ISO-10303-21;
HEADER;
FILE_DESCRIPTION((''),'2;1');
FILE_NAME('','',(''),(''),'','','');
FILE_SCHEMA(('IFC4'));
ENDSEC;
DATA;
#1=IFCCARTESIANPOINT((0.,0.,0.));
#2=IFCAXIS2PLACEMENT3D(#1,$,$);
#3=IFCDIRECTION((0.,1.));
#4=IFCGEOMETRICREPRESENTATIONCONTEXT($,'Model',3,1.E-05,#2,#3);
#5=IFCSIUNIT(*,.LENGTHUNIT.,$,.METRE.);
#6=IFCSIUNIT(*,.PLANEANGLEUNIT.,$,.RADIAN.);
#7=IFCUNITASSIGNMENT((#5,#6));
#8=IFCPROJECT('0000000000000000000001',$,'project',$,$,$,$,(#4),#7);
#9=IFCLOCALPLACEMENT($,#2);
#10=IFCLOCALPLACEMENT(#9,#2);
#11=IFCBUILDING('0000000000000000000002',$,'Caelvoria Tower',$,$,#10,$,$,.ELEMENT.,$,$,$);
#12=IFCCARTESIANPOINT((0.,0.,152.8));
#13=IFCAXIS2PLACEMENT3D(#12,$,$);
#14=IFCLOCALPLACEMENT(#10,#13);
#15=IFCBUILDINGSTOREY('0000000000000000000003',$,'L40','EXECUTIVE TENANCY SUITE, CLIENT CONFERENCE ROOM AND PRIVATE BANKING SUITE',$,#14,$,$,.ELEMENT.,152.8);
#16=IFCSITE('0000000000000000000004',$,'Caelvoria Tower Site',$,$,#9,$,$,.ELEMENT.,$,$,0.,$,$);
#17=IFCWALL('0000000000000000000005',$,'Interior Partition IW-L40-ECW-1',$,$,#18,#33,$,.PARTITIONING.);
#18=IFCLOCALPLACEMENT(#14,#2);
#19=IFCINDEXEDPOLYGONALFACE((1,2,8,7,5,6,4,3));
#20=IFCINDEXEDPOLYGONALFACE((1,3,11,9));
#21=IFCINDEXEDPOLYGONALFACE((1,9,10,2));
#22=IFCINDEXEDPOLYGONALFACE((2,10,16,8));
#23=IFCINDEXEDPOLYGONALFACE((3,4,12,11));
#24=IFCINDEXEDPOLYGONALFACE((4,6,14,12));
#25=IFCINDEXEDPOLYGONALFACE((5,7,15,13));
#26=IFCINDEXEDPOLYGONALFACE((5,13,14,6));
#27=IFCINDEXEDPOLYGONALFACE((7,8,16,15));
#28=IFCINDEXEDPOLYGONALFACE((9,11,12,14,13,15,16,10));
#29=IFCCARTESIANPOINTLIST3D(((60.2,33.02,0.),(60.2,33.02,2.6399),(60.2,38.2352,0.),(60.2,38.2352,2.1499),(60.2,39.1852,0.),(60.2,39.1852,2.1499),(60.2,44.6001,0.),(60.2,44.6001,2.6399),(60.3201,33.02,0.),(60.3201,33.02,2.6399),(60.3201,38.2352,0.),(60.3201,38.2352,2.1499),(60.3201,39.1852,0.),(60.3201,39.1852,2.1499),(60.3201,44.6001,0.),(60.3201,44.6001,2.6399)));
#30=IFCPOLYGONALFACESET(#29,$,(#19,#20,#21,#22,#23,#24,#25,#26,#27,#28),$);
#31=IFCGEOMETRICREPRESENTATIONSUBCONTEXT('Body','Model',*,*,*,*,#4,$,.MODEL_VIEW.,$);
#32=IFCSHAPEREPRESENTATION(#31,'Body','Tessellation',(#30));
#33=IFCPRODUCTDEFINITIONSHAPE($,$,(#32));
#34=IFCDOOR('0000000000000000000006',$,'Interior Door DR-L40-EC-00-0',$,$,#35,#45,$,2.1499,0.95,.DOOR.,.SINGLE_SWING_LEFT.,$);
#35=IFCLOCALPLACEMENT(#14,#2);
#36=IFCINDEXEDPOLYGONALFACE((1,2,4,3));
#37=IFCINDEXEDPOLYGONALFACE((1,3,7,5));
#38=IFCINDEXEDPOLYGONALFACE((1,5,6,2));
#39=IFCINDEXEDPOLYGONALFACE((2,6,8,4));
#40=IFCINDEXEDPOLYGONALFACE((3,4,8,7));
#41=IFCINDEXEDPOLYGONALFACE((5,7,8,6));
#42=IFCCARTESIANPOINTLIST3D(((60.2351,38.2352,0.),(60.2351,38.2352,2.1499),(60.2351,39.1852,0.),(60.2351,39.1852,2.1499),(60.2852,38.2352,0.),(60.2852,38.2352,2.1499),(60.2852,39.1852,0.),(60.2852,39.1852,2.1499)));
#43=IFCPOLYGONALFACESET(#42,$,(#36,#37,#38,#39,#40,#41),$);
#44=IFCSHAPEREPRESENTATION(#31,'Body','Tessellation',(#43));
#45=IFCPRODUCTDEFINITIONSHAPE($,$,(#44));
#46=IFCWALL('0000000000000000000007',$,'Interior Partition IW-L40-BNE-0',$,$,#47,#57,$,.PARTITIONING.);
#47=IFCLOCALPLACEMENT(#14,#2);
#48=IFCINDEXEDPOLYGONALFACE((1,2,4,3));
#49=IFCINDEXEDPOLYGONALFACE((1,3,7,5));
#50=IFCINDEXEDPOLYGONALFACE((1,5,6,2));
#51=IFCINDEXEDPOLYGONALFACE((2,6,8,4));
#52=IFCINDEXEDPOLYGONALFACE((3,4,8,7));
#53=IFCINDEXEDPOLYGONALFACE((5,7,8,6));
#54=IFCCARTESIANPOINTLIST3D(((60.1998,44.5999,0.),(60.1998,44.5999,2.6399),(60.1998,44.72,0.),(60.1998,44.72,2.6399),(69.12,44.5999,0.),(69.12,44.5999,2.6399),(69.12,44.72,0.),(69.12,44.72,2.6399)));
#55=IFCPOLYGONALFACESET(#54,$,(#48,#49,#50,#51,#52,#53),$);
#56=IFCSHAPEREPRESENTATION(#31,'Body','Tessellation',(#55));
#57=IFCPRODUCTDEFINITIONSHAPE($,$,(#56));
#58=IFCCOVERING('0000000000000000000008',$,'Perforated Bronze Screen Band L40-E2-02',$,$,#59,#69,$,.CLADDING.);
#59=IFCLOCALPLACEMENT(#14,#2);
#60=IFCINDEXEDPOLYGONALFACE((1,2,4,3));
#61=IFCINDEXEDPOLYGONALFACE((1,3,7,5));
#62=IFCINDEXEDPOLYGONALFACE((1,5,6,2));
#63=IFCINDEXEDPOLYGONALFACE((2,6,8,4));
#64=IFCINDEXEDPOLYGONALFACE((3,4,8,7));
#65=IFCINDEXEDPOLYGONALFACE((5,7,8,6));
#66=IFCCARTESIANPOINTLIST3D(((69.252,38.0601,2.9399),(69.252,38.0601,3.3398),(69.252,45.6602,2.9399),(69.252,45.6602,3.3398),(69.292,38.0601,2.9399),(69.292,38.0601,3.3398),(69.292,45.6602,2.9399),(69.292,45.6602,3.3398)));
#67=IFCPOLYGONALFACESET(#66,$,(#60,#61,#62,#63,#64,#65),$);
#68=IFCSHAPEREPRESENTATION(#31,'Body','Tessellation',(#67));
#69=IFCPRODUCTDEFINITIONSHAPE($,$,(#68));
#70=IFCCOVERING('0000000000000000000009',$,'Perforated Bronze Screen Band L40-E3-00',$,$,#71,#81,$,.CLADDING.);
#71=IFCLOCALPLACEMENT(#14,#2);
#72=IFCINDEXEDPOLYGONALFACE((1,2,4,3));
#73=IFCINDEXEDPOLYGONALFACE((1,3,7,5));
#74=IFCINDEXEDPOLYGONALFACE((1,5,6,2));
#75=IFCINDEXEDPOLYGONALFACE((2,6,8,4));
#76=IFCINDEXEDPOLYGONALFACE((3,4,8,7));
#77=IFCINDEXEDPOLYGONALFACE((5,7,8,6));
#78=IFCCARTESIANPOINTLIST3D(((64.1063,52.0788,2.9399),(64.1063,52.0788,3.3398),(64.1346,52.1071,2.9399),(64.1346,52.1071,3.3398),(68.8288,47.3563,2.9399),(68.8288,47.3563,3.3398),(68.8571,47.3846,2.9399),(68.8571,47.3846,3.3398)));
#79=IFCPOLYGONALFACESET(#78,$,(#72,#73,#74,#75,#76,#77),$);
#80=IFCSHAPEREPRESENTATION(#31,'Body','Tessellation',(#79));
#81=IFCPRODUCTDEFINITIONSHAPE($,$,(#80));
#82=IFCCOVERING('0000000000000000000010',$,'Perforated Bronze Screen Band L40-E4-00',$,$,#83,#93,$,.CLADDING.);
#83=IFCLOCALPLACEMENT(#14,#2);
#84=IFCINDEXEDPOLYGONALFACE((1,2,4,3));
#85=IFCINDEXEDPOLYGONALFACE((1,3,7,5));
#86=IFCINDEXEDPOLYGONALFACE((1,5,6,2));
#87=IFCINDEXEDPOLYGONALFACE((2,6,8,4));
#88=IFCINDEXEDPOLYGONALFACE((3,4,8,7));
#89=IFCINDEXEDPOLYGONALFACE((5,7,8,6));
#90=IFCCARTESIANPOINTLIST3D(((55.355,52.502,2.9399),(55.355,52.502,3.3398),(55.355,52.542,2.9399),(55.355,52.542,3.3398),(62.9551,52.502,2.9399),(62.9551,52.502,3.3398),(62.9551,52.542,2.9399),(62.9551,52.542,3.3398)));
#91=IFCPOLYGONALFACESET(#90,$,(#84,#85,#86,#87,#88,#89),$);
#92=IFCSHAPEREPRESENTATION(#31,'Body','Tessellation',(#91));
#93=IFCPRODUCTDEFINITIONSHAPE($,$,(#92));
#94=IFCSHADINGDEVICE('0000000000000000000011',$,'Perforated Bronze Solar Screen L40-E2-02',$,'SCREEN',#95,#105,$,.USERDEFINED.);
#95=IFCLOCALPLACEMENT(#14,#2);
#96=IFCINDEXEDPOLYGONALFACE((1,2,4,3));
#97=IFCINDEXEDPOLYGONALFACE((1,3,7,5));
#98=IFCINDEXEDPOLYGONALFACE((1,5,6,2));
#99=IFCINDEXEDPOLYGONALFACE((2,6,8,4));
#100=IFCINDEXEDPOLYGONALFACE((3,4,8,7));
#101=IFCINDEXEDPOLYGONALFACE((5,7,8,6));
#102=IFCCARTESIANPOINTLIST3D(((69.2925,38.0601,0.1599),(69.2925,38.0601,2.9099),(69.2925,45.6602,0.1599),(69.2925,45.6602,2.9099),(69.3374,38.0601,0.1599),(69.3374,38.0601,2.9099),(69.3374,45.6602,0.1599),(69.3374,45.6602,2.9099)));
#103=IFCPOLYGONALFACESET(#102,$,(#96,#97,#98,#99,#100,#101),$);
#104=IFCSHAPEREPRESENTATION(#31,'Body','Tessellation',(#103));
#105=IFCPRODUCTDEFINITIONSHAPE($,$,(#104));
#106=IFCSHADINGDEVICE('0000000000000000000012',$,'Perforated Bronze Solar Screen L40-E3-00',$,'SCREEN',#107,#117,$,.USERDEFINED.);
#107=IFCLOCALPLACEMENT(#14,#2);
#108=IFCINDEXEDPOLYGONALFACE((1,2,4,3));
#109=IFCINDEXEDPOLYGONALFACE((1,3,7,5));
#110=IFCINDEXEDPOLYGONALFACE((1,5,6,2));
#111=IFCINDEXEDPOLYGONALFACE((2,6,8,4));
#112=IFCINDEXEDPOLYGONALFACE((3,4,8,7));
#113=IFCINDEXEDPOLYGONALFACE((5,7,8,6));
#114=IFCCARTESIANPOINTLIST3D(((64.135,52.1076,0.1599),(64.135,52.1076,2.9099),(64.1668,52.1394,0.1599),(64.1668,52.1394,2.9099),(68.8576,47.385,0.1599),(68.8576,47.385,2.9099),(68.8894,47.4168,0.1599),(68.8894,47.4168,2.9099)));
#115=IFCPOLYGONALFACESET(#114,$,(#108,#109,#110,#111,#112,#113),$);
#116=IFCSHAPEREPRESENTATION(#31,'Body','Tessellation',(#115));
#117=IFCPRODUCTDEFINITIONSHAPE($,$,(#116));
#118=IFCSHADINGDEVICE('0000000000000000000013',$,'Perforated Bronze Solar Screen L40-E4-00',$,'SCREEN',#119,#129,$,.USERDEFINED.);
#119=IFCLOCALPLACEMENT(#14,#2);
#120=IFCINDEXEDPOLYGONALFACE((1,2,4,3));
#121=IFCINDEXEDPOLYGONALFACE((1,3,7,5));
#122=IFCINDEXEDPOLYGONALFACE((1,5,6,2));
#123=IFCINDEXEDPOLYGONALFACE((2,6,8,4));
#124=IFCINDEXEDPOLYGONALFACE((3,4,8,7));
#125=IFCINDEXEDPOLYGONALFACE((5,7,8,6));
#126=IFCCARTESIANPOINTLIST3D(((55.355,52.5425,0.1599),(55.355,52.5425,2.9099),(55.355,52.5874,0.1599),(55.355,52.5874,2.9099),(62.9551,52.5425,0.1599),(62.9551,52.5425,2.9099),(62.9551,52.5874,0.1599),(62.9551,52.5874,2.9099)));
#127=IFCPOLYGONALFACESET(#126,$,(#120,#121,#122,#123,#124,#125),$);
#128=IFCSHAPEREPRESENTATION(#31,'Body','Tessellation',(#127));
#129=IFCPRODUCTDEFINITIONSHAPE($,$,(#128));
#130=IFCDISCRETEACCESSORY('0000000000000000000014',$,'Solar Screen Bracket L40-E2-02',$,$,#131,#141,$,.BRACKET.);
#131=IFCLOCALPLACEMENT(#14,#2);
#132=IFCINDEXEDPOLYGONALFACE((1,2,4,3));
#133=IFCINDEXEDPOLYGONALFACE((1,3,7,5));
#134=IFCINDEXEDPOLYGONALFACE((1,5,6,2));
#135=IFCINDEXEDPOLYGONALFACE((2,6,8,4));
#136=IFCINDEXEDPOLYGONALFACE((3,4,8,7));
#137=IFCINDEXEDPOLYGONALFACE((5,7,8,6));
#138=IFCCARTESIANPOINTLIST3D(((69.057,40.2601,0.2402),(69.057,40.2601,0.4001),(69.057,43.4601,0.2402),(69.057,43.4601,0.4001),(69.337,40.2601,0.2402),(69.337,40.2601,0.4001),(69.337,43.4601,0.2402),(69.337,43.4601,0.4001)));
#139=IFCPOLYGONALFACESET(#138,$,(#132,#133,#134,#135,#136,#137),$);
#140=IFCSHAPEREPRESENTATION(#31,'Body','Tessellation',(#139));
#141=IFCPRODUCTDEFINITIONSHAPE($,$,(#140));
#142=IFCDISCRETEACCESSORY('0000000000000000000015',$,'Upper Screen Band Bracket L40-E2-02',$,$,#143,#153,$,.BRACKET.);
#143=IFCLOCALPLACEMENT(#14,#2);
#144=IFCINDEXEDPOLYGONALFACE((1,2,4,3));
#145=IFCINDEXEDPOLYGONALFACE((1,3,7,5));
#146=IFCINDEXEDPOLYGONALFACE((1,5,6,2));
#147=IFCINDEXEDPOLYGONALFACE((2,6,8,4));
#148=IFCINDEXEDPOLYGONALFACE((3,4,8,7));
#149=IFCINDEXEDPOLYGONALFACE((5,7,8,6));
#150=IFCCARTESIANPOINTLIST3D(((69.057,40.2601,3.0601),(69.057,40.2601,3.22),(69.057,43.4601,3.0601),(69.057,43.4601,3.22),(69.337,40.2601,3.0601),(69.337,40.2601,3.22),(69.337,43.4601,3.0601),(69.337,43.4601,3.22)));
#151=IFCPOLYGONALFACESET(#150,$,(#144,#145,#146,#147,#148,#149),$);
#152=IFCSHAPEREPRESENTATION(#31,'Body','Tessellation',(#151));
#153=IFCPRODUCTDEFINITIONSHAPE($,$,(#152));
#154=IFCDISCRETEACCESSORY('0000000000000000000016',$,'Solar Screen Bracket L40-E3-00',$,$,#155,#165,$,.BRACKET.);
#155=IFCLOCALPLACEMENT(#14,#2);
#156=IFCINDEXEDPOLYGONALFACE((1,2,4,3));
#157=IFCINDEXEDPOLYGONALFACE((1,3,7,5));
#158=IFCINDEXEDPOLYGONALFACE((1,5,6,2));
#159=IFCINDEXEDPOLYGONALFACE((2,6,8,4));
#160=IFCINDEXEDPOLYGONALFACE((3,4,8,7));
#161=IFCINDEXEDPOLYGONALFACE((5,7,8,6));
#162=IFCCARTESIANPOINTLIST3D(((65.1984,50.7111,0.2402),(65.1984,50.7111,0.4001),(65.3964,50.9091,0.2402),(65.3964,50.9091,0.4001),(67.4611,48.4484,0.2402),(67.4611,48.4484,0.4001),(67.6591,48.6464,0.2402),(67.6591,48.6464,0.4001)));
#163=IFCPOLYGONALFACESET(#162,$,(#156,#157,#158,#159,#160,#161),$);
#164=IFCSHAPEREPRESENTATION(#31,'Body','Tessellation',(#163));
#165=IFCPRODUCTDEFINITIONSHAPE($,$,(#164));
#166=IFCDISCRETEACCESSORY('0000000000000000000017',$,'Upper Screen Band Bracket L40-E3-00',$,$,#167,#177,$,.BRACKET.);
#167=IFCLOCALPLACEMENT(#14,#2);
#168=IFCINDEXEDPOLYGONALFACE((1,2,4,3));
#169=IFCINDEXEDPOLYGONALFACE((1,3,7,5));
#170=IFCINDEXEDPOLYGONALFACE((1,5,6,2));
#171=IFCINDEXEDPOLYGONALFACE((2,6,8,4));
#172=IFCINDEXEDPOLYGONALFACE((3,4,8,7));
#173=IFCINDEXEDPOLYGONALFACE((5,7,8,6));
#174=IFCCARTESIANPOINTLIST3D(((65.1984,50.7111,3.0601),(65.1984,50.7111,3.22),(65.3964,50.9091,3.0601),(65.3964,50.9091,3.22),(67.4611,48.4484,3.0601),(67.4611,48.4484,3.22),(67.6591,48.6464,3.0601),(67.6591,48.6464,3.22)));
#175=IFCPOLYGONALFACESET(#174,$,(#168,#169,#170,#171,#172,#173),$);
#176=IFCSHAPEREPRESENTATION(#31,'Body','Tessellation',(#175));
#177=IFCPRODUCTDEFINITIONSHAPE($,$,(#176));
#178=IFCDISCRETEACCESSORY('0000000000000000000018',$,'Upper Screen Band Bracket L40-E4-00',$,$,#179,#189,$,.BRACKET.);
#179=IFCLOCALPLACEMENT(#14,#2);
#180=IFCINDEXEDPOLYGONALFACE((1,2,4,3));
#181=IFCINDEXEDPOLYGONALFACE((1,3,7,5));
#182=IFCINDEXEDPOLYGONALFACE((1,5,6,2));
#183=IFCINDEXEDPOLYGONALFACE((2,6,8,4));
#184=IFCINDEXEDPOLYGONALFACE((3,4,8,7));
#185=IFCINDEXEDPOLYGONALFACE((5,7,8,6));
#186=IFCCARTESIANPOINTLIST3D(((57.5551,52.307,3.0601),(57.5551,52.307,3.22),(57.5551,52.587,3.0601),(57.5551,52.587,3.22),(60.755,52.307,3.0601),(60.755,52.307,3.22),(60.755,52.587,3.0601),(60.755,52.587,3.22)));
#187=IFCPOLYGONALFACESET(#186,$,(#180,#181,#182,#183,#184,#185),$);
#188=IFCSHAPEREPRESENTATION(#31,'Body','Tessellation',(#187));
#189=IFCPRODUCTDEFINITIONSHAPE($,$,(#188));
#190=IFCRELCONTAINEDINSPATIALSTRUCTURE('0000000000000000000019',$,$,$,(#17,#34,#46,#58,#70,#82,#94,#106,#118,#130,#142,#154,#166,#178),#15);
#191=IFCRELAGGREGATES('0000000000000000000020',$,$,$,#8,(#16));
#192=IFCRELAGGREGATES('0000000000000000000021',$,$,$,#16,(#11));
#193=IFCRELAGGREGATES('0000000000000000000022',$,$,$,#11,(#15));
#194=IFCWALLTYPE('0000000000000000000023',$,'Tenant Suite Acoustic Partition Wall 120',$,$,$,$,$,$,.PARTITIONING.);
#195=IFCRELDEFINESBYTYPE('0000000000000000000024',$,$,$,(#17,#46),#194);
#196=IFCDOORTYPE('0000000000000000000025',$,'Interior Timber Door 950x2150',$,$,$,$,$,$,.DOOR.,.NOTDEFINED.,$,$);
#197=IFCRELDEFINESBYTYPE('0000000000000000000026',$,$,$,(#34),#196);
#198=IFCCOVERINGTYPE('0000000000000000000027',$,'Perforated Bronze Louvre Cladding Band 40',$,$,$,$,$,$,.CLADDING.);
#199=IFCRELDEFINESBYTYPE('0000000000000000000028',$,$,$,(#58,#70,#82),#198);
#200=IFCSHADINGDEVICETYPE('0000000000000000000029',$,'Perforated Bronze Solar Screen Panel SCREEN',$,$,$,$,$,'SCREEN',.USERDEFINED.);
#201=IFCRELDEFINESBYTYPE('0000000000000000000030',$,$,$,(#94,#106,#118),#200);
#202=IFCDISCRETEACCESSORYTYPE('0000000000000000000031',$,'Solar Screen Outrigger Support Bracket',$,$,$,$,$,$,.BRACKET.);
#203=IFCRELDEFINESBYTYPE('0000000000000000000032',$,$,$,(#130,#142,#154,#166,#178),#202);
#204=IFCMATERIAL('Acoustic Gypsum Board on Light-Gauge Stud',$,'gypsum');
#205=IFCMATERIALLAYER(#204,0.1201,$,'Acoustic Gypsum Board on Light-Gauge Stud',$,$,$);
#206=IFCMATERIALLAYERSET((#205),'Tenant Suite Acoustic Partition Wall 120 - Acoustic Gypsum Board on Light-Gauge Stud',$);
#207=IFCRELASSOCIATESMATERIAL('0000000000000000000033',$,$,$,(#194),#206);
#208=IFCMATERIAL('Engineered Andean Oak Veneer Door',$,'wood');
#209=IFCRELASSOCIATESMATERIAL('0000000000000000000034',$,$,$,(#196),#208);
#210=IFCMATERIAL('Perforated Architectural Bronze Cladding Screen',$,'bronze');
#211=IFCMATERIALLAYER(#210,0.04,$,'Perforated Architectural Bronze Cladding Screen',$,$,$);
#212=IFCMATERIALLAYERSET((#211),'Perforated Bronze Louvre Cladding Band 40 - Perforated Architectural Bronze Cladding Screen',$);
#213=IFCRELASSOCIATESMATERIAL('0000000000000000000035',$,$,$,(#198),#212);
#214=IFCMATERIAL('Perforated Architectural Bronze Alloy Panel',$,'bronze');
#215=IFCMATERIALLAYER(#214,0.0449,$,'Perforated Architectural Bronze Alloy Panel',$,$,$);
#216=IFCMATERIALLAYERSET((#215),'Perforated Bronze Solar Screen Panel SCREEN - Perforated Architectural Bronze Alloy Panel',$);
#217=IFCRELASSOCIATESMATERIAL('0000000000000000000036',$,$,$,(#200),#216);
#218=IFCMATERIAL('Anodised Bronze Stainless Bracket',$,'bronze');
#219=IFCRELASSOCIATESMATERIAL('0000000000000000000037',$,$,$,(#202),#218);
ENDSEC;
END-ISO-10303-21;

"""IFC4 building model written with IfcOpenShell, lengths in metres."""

from ifc_helpers import new_model, si_unit, direction, frame, frame_2d, origin, origin_2d, place, context, subcontext, project, spatial, rectangle, extrude, material, layer, layer_set, type_object, element, fill, save


model = new_model("IFC4")

# Units and contexts
model_context = context("Model", 3, precision=1e-05, world=origin(), true_north=direction((0.0, 1.0)))
body_context = subcontext(model_context, "Body", "Model", "MODEL_VIEW")
ifc_project = project(units=[si_unit("LENGTHUNIT", "METRE"), si_unit("PLANEANGLEUNIT", "RADIAN")], contexts=[model_context])

# Site, building, storey
site_placement = place(None, origin())
site = spatial("IfcSite", under=ifc_project, at=site_placement, Name="Caelvoria Tower Site", CompositionType="ELEMENT", RefElevation=0.0)
building_placement = place(site_placement, origin())
building = spatial("IfcBuilding", under=site, at=building_placement, Name="Caelvoria Tower", CompositionType="ELEMENT")
storey_placement = place(building_placement, frame((0.0, 0.0, 152.8)))
storey = spatial("IfcBuildingStorey", under=building, at=storey_placement, Name="L40", Description="EXECUTIVE TENANCY SUITE, CLIENT CONFERENCE ROOM AND PRIVATE BANKING SUITE", CompositionType="ELEMENT", Elevation=152.8)

# Wall, opening, door
ifc_material_1 = material(Name="Acoustic Gypsum Board on Light-Gauge Stud", Category="gypsum")
ifc_layer_1 = layer(ifc_material_1, 0.1201, Name="Acoustic Gypsum Board on Light-Gauge Stud")
ifc_layer_set_1 = layer_set([ifc_layer_1], Name="Tenant Suite Acoustic Partition Wall 120 - Acoustic Gypsum Board on Light-Gauge Stud")
wall_type_1 = type_object("IfcWallType", Name="Tenant Suite Acoustic Partition Wall 120", PredefinedType="PARTITIONING", material=ifc_layer_set_1)
wall_1_placement = place(storey_placement, frame((60.26, 33.02, 0.0), z_axis=(0.0, 0.0, 1.0), x_axis=(0.0, 1.0, 0.0)))
wall_1 = element("IfcWall", 1, at=wall_1_placement, inside=storey, type_object=wall_type_1, Name="Interior Partition IW-L40-ECW-1", PredefinedType="PARTITIONING", context=body_context, shape_type="SweptSolid", body=[
    extrude(rectangle(XDim=11.5801, YDim=0.1201, at=frame_2d((5.79, 0.0))), origin(), (0.0, 0.0, 1.0), 2.6399),
])
opening_1_placement = place(wall_1_placement, frame((5.2151, 0.0, 0.0)))
opening_1 = element("IfcOpeningElement", 2, at=opening_1_placement, cuts=wall_1, PredefinedType="OPENING", context=body_context, shape_type="SweptSolid", body=[
    extrude(rectangle(XDim=0.95, YDim=2.1499, at=frame_2d((0.4751, 1.075))), frame((0.0, 0.0701, 0.0), z_axis=(0.0, -1.0, 0.0), x_axis=(1.0, 0.0, 0.0)), (0.0, 0.0, 1.0), 0.1401),
])
ifc_material_2 = material(Name="Engineered Andean Oak Veneer Door", Category="wood")
door_type = type_object("IfcDoorType", Name="Interior Timber Door 950x2150", OperationType="NOTDEFINED", PredefinedType="DOOR", material=ifc_material_2)
door_placement = place(opening_1_placement, origin())
door = element("IfcDoor", 3, at=door_placement, inside=storey, type_object=door_type, Name="Interior Door DR-L40-EC-00-0", OperationType="SINGLE_SWING_LEFT", OverallHeight=2.1499, OverallWidth=0.95, PredefinedType="DOOR", context=body_context, shape_type="SweptSolid", body=[
    extrude(rectangle(XDim=0.95, YDim=2.1499, at=frame_2d((0.4751, 1.075))), frame((0.0, 0.0249, 0.0), z_axis=(0.0, -1.0, 0.0), x_axis=(1.0, 0.0, 0.0)), (0.0, 0.0, 1.0), 0.05),
])
fill(opening_1, door)

# Wall
wall_2_placement = place(storey_placement, frame((60.2, 44.6599, 0.0), z_axis=(0.0, 0.0, 1.0), x_axis=(1.0, 0.0, 0.0)))
element("IfcWall", 4, at=wall_2_placement, inside=storey, type_object=wall_type_1, Name="Interior Partition IW-L40-BNE-0", PredefinedType="PARTITIONING", context=body_context, shape_type="SweptSolid", body=[
    extrude(rectangle(XDim=8.9202, YDim=0.1201, at=frame_2d((4.46, 0.0))), origin(), (0.0, 0.0, 1.0), 2.6399),
])

# Coverings
ifc_material_3 = material(Name="Perforated Architectural Bronze Cladding Screen", Category="bronze")
ifc_layer_2 = layer(ifc_material_3, 0.04, Name="Perforated Architectural Bronze Cladding Screen")
ifc_layer_set_2 = layer_set([ifc_layer_2], Name="Perforated Bronze Louvre Cladding Band 40 - Perforated Architectural Bronze Cladding Screen")
covering_type = type_object("IfcCoveringType", Name="Perforated Bronze Louvre Cladding Band 40", PredefinedType="CLADDING", material=ifc_layer_set_2)
covering_1_placement = place(storey_placement, frame((69.272, 41.8601, 2.9399), z_axis=(0.0, 0.0, 1.0), x_axis=(0.0, 1.0, 0.0)))
element("IfcCovering", 5, at=covering_1_placement, inside=storey, type_object=covering_type, Name="Perforated Bronze Screen Band L40-E2-02", PredefinedType="CLADDING", context=body_context, shape_type="SweptSolid", body=[
    extrude(rectangle(XDim=7.6001, YDim=0.04, at=origin_2d()), origin(), (0.0, 0.0, 1.0), 0.3999),
])
covering_2_placement = place(storey_placement, frame((66.4817, 49.7317, 2.9399), z_axis=(0.0, 0.0, 1.0), x_axis=(-0.707107, 0.707107, 0.0)))
element("IfcCovering", 6, at=covering_2_placement, inside=storey, type_object=covering_type, Name="Perforated Bronze Screen Band L40-E3-00", PredefinedType="CLADDING", context=body_context, shape_type="SweptSolid", body=[
    extrude(rectangle(XDim=6.6787, YDim=0.04, at=origin_2d()), origin(), (0.0, 0.0, 1.0), 0.3999),
])
covering_3_placement = place(storey_placement, frame((59.155, 52.522, 2.9399), z_axis=(0.0, 0.0, 1.0), x_axis=(-1.0, 0.0, 0.0)))
element("IfcCovering", 7, at=covering_3_placement, inside=storey, type_object=covering_type, Name="Perforated Bronze Screen Band L40-E4-00", PredefinedType="CLADDING", context=body_context, shape_type="SweptSolid", body=[
    extrude(rectangle(XDim=7.6001, YDim=0.04, at=origin_2d()), origin(), (0.0, 0.0, 1.0), 0.3999),
])

# Shading devices
ifc_material_4 = material(Name="Perforated Architectural Bronze Alloy Panel", Category="bronze")
ifc_layer_3 = layer(ifc_material_4, 0.0449, Name="Perforated Architectural Bronze Alloy Panel")
ifc_layer_set_3 = layer_set([ifc_layer_3], Name="Perforated Bronze Solar Screen Panel SCREEN - Perforated Architectural Bronze Alloy Panel")
shading_device_type = type_object("IfcShadingDeviceType", Name="Perforated Bronze Solar Screen Panel SCREEN", ElementType="SCREEN", PredefinedType="USERDEFINED", material=ifc_layer_set_3)
shading_device_1_placement = place(storey_placement, frame((69.3149, 41.8601, 0.1599), z_axis=(0.0, 0.0, 1.0), x_axis=(0.0, 1.0, 0.0)))
element("IfcShadingDevice", 8, at=shading_device_1_placement, inside=storey, type_object=shading_device_type, Name="Perforated Bronze Solar Screen L40-E2-02", ObjectType="SCREEN", PredefinedType="USERDEFINED", context=body_context, shape_type="SweptSolid", body=[
    extrude(rectangle(XDim=7.6001, YDim=0.0449, at=origin_2d()), origin(), (0.0, 0.0, 1.0), 2.75),
])
shading_device_2_placement = place(storey_placement, frame((66.5122, 49.7622, 0.1599), z_axis=(0.0, 0.0, 1.0), x_axis=(-0.707107, 0.707107, 0.0)))
element("IfcShadingDevice", 9, at=shading_device_2_placement, inside=storey, type_object=shading_device_type, Name="Perforated Bronze Solar Screen L40-E3-00", ObjectType="SCREEN", PredefinedType="USERDEFINED", context=body_context, shape_type="SweptSolid", body=[
    extrude(rectangle(XDim=6.6787, YDim=0.0449, at=origin_2d()), origin(), (0.0, 0.0, 1.0), 2.75),
])
shading_device_3_placement = place(storey_placement, frame((59.155, 52.5649, 0.1599), z_axis=(0.0, 0.0, 1.0), x_axis=(-1.0, 0.0, 0.0)))
element("IfcShadingDevice", 10, at=shading_device_3_placement, inside=storey, type_object=shading_device_type, Name="Perforated Bronze Solar Screen L40-E4-00", ObjectType="SCREEN", PredefinedType="USERDEFINED", context=body_context, shape_type="SweptSolid", body=[
    extrude(rectangle(XDim=7.6001, YDim=0.0449, at=origin_2d()), origin(), (0.0, 0.0, 1.0), 2.75),
])

# Discrete accessories
ifc_material_5 = material(Name="Anodised Bronze Stainless Bracket", Category="bronze")
discrete_accessory_type = type_object("IfcDiscreteAccessoryType", Name="Solar Screen Outrigger Support Bracket", PredefinedType="BRACKET", material=ifc_material_5)
for number, where, z_axis, x_axis, name in (
    (11, (69.197, 41.8601, 0.2402), (0.0, 0.0, 1.0), (0.0, 1.0, 0.0), "Solar Screen Bracket L40-E2-02"),
    (12, (69.197, 41.8601, 3.0601), (0.0, 0.0, 1.0), (0.0, 1.0, 0.0), "Upper Screen Band Bracket L40-E2-02"),
    (13, (66.4287, 49.6787, 0.2402), (0.0, 0.0, 1.0), (-0.707107, 0.707107, 0.0), "Solar Screen Bracket L40-E3-00"),
    (14, (66.4287, 49.6787, 3.0601), (0.0, 0.0, 1.0), (-0.707107, 0.707107, 0.0), "Upper Screen Band Bracket L40-E3-00"),
    (15, (59.155, 52.447, 3.0601), (0.0, 0.0, 1.0), (-1.0, 0.0, 0.0), "Upper Screen Band Bracket L40-E4-00"),
):
    element("IfcDiscreteAccessory", number, at=place(storey_placement, frame(where, z_axis=z_axis, x_axis=x_axis)), inside=storey, type_object=discrete_accessory_type, Name=name, PredefinedType="BRACKET", context=body_context, shape_type="SweptSolid", body=[
        extrude(rectangle(XDim=3.2, YDim=0.28, at=origin_2d()), origin(), (0.0, 0.0, 1.0), 0.1599),
    ])

save(model, "model.ifc")
